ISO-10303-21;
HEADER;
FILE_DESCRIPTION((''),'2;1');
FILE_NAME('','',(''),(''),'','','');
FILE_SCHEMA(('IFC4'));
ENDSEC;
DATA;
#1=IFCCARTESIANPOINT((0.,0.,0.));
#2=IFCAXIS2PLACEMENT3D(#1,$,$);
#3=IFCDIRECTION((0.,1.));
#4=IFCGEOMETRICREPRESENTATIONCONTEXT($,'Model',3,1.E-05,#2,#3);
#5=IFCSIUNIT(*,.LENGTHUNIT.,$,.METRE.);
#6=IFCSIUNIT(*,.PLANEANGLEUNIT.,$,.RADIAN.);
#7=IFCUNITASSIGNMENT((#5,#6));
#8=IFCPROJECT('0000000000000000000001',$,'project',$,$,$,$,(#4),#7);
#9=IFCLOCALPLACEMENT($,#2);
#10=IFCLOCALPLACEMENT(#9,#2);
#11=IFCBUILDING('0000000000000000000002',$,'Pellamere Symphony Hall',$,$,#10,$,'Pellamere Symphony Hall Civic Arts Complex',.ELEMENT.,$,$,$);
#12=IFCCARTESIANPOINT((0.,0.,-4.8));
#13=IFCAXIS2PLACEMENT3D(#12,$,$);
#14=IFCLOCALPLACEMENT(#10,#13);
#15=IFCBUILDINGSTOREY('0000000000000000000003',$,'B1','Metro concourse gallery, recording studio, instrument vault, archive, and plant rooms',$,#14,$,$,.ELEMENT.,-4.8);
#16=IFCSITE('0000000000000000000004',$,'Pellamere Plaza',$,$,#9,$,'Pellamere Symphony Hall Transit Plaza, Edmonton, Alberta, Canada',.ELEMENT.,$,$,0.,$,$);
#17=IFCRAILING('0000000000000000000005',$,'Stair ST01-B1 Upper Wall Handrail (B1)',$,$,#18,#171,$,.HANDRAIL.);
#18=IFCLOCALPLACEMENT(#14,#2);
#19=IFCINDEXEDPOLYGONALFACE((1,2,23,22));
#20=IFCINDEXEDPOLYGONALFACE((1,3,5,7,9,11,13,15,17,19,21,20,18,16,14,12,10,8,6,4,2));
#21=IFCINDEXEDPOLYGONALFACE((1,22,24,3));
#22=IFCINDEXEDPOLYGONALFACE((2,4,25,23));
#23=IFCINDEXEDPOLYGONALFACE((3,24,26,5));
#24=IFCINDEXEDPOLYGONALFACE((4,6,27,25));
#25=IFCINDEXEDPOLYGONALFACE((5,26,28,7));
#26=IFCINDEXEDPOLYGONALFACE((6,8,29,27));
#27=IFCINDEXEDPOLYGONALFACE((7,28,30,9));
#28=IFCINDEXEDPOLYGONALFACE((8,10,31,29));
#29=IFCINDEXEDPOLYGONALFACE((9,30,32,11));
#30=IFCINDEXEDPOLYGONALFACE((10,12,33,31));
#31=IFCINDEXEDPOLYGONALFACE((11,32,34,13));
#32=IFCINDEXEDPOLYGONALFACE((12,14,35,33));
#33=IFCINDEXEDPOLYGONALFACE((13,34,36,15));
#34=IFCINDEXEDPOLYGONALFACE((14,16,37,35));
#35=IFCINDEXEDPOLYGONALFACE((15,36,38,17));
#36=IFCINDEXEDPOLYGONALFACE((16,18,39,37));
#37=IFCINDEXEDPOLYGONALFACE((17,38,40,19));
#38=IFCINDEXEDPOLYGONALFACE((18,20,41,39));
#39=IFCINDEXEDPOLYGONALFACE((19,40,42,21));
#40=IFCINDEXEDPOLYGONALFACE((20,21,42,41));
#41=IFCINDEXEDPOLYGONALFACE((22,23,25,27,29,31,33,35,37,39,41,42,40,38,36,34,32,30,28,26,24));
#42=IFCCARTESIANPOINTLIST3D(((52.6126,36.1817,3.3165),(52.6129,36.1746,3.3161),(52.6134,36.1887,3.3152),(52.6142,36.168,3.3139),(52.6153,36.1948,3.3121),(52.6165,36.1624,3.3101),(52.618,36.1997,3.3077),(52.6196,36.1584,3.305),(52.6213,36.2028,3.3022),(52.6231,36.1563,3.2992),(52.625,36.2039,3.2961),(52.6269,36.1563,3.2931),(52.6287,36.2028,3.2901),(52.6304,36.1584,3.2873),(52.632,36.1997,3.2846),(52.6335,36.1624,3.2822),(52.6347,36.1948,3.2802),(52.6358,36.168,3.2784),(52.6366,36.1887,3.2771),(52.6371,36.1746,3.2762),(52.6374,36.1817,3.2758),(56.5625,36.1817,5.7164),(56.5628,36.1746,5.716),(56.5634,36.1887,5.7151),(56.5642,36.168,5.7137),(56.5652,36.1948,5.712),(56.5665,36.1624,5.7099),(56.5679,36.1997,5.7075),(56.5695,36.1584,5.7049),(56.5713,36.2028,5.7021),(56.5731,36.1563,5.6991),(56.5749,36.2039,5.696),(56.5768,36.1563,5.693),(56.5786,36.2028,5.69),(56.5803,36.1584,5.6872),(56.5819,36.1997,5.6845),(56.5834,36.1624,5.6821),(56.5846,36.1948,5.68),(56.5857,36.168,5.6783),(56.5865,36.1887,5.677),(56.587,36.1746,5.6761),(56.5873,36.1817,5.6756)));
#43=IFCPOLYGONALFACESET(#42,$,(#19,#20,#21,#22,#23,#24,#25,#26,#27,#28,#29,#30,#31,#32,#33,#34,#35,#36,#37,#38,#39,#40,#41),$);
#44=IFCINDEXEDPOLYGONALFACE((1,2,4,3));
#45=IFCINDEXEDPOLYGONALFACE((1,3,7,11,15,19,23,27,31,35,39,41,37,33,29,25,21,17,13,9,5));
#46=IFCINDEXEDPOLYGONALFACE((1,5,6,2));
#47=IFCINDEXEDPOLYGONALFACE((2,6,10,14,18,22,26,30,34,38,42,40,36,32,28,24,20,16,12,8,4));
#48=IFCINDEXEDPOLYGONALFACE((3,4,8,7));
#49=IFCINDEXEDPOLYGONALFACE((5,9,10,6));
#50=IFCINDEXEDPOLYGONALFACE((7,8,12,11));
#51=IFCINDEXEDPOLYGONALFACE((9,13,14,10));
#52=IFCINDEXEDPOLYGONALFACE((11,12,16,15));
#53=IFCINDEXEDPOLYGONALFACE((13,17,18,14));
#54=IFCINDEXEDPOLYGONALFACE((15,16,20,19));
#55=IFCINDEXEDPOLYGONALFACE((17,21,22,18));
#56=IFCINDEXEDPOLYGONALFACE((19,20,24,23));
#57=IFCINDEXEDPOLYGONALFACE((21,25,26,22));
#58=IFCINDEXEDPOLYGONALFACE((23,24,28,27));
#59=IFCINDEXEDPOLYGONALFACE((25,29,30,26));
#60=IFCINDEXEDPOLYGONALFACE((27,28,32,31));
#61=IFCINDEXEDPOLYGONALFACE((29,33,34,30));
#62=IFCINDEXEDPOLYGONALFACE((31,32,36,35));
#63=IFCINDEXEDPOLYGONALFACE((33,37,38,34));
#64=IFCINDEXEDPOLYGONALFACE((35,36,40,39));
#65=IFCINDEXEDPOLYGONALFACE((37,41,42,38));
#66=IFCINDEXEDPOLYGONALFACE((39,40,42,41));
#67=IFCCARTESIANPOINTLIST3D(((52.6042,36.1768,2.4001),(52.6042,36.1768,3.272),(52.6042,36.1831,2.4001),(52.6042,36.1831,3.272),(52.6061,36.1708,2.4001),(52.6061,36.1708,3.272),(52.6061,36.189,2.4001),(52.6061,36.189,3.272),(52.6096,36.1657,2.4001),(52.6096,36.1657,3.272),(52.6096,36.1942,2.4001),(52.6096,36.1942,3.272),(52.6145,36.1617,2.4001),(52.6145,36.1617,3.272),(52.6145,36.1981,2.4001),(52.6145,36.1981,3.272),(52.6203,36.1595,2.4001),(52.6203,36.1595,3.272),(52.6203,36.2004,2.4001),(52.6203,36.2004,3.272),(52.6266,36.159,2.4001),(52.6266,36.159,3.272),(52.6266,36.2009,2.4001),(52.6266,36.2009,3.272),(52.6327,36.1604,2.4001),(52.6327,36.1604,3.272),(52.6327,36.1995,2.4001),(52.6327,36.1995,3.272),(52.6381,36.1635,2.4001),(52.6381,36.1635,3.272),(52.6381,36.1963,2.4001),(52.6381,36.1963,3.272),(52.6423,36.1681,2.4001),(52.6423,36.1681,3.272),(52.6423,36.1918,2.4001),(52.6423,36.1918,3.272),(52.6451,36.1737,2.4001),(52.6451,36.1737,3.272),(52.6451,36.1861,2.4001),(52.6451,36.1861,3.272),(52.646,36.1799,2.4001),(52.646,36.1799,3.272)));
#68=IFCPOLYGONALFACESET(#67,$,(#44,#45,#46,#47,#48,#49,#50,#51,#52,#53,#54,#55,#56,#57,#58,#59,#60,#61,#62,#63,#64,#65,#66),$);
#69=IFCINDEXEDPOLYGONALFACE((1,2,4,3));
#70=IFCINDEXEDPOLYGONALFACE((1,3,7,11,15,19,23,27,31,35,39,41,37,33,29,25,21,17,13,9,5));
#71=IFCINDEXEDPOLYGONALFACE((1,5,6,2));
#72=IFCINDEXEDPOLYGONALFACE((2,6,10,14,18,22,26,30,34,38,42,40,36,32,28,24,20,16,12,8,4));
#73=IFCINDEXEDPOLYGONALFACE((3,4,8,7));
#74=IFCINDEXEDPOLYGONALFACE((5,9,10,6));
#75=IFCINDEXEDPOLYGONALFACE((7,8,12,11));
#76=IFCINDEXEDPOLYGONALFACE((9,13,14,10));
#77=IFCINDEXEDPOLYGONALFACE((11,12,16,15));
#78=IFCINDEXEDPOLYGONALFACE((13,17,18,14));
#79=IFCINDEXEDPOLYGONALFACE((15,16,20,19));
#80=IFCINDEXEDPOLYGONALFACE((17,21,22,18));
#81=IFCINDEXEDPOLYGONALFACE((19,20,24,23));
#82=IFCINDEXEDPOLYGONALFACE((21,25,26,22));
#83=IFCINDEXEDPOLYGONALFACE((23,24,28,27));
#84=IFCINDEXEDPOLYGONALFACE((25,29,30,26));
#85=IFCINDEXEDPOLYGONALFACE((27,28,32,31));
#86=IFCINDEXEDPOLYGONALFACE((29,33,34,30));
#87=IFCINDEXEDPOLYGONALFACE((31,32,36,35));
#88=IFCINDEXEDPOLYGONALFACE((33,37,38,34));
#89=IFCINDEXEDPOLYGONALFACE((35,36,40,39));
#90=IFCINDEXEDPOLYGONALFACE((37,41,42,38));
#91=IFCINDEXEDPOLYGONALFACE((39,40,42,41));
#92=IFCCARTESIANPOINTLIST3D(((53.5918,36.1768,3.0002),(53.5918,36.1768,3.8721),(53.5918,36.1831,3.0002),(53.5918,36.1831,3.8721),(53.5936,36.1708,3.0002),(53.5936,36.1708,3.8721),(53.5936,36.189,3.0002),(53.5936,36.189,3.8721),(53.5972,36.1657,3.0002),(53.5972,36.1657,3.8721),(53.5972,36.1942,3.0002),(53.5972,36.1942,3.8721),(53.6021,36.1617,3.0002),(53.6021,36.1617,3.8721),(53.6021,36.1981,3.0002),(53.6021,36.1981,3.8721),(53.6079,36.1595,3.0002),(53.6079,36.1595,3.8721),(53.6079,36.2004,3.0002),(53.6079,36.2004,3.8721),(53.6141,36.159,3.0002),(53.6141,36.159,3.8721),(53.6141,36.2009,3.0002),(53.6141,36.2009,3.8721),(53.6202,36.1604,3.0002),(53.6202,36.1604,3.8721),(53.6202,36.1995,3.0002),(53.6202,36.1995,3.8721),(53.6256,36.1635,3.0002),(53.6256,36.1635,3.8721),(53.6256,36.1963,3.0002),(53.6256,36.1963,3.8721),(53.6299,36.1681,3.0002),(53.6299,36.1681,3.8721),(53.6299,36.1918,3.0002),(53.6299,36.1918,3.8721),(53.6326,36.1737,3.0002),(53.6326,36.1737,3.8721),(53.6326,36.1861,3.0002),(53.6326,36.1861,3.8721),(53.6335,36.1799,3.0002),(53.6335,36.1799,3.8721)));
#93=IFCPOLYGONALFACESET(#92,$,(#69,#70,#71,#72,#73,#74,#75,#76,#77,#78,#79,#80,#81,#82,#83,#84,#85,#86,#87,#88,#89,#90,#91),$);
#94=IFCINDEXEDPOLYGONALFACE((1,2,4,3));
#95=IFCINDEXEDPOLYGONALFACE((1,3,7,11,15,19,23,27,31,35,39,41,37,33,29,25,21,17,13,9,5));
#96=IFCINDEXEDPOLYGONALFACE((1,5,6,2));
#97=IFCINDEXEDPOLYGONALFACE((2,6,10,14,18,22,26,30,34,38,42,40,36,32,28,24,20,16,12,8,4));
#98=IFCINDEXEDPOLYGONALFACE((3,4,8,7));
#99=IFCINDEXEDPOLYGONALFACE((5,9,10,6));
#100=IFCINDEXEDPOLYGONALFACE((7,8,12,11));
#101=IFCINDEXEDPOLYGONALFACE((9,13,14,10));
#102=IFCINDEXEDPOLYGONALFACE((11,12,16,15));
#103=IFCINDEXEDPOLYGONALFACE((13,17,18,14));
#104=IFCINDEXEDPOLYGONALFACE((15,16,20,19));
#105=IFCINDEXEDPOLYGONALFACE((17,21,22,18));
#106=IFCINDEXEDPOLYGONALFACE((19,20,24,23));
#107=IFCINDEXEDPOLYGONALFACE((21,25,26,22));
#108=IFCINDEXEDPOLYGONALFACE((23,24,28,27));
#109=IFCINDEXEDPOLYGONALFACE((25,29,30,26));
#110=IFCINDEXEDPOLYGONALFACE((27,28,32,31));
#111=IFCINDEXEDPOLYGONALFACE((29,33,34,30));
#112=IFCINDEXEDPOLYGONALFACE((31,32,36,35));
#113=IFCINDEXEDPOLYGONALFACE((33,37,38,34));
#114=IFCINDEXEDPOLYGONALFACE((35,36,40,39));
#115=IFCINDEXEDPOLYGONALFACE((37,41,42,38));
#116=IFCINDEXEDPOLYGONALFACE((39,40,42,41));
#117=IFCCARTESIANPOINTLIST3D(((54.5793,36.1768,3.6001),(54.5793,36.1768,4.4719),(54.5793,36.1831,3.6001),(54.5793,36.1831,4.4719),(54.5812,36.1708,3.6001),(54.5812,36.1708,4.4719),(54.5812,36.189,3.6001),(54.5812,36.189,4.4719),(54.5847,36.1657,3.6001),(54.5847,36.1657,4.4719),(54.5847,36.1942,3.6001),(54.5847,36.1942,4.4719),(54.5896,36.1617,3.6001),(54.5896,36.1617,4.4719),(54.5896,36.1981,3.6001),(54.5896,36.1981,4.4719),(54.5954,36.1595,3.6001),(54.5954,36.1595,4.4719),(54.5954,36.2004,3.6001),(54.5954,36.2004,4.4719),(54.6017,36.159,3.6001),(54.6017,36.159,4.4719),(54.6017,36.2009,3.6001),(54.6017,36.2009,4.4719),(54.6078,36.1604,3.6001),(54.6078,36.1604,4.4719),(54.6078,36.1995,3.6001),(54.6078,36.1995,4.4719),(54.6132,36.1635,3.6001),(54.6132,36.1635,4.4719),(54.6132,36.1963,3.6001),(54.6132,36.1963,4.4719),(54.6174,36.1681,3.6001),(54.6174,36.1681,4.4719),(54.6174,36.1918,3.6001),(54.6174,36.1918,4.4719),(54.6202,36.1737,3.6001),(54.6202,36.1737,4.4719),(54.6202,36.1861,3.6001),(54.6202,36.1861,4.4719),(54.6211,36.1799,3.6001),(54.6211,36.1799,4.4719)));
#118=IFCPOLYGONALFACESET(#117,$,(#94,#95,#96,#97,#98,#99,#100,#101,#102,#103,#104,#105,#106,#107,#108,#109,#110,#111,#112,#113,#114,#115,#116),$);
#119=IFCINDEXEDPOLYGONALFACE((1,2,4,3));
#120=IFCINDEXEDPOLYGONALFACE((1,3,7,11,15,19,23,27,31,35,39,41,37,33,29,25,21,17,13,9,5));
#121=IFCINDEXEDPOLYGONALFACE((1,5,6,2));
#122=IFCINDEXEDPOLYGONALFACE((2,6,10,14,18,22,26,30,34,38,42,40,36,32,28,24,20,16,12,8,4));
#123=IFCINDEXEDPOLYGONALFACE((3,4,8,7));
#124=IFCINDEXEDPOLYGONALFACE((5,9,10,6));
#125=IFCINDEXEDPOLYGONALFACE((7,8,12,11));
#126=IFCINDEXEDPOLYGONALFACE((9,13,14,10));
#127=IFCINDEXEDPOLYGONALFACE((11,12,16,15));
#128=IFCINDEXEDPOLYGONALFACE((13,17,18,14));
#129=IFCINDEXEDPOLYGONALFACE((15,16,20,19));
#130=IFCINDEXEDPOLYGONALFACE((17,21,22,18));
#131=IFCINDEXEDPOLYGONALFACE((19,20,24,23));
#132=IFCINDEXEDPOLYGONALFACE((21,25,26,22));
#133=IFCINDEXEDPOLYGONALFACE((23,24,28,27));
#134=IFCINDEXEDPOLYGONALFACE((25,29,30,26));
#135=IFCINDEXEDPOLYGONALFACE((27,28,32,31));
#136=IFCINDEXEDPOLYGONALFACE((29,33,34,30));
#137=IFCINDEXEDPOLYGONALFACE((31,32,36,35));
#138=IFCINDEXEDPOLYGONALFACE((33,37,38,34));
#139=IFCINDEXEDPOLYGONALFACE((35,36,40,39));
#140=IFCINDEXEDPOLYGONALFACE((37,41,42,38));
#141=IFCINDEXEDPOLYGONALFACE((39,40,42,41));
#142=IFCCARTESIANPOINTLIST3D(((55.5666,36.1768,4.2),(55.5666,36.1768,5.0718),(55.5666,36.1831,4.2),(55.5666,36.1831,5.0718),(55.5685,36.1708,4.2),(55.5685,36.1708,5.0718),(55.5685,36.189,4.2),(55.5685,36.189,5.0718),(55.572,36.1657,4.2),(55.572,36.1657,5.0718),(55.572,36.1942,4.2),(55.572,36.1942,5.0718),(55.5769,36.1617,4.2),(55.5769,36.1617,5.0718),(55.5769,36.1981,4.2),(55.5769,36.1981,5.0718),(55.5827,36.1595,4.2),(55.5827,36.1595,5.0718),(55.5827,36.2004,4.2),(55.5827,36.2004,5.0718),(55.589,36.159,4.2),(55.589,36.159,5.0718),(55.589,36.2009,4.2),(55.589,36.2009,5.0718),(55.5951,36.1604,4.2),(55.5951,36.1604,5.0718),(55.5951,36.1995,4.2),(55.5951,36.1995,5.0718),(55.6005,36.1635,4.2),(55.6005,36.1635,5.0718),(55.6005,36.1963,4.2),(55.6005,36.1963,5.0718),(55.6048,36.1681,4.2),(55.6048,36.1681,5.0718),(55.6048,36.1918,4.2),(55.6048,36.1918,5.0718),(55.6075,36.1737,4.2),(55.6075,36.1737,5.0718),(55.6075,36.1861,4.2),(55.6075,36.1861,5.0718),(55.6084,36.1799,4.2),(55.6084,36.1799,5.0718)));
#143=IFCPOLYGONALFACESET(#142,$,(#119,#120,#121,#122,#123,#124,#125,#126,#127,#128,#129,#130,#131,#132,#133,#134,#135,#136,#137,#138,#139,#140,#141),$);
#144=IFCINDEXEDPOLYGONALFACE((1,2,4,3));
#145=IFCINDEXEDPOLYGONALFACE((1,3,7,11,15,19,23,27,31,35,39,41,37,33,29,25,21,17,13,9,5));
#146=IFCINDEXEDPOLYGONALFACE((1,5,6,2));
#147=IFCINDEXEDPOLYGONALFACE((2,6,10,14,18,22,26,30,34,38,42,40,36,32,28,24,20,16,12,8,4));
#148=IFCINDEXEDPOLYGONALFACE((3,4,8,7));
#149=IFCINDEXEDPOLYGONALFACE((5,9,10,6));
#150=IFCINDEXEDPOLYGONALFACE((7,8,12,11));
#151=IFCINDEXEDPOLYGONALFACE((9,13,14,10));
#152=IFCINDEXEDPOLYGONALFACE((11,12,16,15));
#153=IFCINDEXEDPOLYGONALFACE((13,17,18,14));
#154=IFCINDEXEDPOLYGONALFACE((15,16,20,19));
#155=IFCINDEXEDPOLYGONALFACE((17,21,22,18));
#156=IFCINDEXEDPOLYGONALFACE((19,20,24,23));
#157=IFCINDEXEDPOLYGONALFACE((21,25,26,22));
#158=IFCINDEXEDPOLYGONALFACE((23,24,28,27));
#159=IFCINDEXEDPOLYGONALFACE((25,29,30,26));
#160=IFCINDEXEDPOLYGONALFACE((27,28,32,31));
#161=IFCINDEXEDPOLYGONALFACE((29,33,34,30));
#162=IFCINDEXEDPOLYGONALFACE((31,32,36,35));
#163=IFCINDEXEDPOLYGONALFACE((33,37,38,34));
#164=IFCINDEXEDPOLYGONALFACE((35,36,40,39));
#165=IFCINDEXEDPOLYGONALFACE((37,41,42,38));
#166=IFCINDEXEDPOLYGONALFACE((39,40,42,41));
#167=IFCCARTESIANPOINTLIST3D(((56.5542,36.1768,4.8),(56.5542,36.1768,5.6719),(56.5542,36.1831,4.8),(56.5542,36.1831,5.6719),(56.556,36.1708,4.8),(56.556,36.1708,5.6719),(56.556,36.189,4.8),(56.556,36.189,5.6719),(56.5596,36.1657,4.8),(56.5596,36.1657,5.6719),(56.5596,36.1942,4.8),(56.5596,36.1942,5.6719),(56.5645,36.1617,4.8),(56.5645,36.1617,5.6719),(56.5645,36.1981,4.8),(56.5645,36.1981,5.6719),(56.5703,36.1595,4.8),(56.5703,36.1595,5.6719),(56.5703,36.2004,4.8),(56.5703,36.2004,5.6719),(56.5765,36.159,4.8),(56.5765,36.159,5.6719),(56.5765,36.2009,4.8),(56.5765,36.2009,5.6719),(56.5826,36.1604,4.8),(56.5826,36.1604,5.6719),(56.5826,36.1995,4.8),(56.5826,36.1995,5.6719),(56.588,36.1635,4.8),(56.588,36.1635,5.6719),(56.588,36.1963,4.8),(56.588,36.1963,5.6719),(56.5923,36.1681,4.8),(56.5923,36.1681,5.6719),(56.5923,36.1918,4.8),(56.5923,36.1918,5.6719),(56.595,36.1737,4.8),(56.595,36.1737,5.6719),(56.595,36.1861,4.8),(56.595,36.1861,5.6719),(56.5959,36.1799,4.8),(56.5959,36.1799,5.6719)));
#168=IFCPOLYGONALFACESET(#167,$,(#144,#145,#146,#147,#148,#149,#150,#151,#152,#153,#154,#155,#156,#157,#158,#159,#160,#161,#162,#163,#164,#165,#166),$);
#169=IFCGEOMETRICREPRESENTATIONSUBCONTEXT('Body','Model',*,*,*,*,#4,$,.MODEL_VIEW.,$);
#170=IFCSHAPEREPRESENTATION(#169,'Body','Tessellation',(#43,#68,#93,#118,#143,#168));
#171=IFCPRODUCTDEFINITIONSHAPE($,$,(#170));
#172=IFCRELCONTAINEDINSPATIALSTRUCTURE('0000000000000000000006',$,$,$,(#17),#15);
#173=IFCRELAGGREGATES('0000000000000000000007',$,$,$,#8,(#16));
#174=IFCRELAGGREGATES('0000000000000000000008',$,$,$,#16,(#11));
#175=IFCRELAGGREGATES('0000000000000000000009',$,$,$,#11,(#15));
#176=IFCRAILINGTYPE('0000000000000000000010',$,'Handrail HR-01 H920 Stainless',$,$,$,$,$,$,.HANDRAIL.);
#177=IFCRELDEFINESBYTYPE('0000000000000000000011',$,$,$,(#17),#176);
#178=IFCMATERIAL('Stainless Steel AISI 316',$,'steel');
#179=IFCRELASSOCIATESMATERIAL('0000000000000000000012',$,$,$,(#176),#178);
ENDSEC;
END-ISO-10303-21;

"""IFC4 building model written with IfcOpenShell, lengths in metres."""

from ifc_helpers import new_model, si_unit, direction, frame, origin, origin_2d, place, context, subcontext, project, spatial, circle, extrude, material, type_object, element, save


model = new_model("IFC4")

# Units and contexts
model_context = context("Model", 3, precision=1e-05, world=origin(), true_north=direction((0.0, 1.0)))
body_context = subcontext(model_context, "Body", "Model", "MODEL_VIEW")
ifc_project = project(units=[si_unit("LENGTHUNIT", "METRE"), si_unit("PLANEANGLEUNIT", "RADIAN")], contexts=[model_context])

# Site, building, storey
site_placement = place(None, origin())
site = spatial("IfcSite", under=ifc_project, at=site_placement, Name="Pellamere Plaza", LongName="Pellamere Symphony Hall Transit Plaza, Edmonton, Alberta, Canada", CompositionType="ELEMENT", RefElevation=0.0)
building_placement = place(site_placement, origin())
building = spatial("IfcBuilding", under=site, at=building_placement, Name="Pellamere Symphony Hall", LongName="Pellamere Symphony Hall Civic Arts Complex", CompositionType="ELEMENT")
storey_placement = place(building_placement, frame((0.0, 0.0, -4.8)))
storey = spatial("IfcBuildingStorey", under=building, at=storey_placement, Name="B1", Description="Metro concourse gallery, recording studio, instrument vault, archive, and plant rooms", CompositionType="ELEMENT", Elevation=-4.8)

# Railing
ifc_material_1 = material(Name="Stainless Steel AISI 316", Category="steel")
railing_type_1 = type_object("IfcRailingType", Name="Handrail HR-01 H920 Stainless", PredefinedType="HANDRAIL", material=ifc_material_1)
railing_1_placement = place(storey_placement, frame((52.625, 36.1799, 2.4001)))
element("IfcRailing", 1, at=railing_1_placement, inside=storey, type_object=railing_type_1, Name="Stair ST01-B1 Upper Wall Handrail (B1)", PredefinedType="HANDRAIL", context=body_context, shape_type="SweptSolid", body=[
    extrude(circle(Radius=0.0239, at=origin_2d()), frame((0.0, 0.0, 0.896), z_axis=(0.854623, 0.0, 0.51925), x_axis=(0.0, 1.0, 0.0)), (0.0, 0.0, 1.0), 4.6218),
    extrude(circle(Radius=0.021, at=origin_2d()), origin(), (0.0, 0.0, 1.0), 0.8718),
    extrude(circle(Radius=0.021, at=origin_2d()), frame((0.9875, 0.0, 0.6001)), (0.0, 0.0, 1.0), 0.8718),
    extrude(circle(Radius=0.021, at=origin_2d()), frame((1.9751, 0.0, 1.2)), (0.0, 0.0, 1.0), 0.8718),
    extrude(circle(Radius=0.021, at=origin_2d()), frame((2.9624, 0.0, 1.7998)), (0.0, 0.0, 1.0), 0.8718),
    extrude(circle(Radius=0.021, at=origin_2d()), frame((3.95, 0.0, 2.3999)), (0.0, 0.0, 1.0), 0.8718),
])

save(model, "model.ifc")
